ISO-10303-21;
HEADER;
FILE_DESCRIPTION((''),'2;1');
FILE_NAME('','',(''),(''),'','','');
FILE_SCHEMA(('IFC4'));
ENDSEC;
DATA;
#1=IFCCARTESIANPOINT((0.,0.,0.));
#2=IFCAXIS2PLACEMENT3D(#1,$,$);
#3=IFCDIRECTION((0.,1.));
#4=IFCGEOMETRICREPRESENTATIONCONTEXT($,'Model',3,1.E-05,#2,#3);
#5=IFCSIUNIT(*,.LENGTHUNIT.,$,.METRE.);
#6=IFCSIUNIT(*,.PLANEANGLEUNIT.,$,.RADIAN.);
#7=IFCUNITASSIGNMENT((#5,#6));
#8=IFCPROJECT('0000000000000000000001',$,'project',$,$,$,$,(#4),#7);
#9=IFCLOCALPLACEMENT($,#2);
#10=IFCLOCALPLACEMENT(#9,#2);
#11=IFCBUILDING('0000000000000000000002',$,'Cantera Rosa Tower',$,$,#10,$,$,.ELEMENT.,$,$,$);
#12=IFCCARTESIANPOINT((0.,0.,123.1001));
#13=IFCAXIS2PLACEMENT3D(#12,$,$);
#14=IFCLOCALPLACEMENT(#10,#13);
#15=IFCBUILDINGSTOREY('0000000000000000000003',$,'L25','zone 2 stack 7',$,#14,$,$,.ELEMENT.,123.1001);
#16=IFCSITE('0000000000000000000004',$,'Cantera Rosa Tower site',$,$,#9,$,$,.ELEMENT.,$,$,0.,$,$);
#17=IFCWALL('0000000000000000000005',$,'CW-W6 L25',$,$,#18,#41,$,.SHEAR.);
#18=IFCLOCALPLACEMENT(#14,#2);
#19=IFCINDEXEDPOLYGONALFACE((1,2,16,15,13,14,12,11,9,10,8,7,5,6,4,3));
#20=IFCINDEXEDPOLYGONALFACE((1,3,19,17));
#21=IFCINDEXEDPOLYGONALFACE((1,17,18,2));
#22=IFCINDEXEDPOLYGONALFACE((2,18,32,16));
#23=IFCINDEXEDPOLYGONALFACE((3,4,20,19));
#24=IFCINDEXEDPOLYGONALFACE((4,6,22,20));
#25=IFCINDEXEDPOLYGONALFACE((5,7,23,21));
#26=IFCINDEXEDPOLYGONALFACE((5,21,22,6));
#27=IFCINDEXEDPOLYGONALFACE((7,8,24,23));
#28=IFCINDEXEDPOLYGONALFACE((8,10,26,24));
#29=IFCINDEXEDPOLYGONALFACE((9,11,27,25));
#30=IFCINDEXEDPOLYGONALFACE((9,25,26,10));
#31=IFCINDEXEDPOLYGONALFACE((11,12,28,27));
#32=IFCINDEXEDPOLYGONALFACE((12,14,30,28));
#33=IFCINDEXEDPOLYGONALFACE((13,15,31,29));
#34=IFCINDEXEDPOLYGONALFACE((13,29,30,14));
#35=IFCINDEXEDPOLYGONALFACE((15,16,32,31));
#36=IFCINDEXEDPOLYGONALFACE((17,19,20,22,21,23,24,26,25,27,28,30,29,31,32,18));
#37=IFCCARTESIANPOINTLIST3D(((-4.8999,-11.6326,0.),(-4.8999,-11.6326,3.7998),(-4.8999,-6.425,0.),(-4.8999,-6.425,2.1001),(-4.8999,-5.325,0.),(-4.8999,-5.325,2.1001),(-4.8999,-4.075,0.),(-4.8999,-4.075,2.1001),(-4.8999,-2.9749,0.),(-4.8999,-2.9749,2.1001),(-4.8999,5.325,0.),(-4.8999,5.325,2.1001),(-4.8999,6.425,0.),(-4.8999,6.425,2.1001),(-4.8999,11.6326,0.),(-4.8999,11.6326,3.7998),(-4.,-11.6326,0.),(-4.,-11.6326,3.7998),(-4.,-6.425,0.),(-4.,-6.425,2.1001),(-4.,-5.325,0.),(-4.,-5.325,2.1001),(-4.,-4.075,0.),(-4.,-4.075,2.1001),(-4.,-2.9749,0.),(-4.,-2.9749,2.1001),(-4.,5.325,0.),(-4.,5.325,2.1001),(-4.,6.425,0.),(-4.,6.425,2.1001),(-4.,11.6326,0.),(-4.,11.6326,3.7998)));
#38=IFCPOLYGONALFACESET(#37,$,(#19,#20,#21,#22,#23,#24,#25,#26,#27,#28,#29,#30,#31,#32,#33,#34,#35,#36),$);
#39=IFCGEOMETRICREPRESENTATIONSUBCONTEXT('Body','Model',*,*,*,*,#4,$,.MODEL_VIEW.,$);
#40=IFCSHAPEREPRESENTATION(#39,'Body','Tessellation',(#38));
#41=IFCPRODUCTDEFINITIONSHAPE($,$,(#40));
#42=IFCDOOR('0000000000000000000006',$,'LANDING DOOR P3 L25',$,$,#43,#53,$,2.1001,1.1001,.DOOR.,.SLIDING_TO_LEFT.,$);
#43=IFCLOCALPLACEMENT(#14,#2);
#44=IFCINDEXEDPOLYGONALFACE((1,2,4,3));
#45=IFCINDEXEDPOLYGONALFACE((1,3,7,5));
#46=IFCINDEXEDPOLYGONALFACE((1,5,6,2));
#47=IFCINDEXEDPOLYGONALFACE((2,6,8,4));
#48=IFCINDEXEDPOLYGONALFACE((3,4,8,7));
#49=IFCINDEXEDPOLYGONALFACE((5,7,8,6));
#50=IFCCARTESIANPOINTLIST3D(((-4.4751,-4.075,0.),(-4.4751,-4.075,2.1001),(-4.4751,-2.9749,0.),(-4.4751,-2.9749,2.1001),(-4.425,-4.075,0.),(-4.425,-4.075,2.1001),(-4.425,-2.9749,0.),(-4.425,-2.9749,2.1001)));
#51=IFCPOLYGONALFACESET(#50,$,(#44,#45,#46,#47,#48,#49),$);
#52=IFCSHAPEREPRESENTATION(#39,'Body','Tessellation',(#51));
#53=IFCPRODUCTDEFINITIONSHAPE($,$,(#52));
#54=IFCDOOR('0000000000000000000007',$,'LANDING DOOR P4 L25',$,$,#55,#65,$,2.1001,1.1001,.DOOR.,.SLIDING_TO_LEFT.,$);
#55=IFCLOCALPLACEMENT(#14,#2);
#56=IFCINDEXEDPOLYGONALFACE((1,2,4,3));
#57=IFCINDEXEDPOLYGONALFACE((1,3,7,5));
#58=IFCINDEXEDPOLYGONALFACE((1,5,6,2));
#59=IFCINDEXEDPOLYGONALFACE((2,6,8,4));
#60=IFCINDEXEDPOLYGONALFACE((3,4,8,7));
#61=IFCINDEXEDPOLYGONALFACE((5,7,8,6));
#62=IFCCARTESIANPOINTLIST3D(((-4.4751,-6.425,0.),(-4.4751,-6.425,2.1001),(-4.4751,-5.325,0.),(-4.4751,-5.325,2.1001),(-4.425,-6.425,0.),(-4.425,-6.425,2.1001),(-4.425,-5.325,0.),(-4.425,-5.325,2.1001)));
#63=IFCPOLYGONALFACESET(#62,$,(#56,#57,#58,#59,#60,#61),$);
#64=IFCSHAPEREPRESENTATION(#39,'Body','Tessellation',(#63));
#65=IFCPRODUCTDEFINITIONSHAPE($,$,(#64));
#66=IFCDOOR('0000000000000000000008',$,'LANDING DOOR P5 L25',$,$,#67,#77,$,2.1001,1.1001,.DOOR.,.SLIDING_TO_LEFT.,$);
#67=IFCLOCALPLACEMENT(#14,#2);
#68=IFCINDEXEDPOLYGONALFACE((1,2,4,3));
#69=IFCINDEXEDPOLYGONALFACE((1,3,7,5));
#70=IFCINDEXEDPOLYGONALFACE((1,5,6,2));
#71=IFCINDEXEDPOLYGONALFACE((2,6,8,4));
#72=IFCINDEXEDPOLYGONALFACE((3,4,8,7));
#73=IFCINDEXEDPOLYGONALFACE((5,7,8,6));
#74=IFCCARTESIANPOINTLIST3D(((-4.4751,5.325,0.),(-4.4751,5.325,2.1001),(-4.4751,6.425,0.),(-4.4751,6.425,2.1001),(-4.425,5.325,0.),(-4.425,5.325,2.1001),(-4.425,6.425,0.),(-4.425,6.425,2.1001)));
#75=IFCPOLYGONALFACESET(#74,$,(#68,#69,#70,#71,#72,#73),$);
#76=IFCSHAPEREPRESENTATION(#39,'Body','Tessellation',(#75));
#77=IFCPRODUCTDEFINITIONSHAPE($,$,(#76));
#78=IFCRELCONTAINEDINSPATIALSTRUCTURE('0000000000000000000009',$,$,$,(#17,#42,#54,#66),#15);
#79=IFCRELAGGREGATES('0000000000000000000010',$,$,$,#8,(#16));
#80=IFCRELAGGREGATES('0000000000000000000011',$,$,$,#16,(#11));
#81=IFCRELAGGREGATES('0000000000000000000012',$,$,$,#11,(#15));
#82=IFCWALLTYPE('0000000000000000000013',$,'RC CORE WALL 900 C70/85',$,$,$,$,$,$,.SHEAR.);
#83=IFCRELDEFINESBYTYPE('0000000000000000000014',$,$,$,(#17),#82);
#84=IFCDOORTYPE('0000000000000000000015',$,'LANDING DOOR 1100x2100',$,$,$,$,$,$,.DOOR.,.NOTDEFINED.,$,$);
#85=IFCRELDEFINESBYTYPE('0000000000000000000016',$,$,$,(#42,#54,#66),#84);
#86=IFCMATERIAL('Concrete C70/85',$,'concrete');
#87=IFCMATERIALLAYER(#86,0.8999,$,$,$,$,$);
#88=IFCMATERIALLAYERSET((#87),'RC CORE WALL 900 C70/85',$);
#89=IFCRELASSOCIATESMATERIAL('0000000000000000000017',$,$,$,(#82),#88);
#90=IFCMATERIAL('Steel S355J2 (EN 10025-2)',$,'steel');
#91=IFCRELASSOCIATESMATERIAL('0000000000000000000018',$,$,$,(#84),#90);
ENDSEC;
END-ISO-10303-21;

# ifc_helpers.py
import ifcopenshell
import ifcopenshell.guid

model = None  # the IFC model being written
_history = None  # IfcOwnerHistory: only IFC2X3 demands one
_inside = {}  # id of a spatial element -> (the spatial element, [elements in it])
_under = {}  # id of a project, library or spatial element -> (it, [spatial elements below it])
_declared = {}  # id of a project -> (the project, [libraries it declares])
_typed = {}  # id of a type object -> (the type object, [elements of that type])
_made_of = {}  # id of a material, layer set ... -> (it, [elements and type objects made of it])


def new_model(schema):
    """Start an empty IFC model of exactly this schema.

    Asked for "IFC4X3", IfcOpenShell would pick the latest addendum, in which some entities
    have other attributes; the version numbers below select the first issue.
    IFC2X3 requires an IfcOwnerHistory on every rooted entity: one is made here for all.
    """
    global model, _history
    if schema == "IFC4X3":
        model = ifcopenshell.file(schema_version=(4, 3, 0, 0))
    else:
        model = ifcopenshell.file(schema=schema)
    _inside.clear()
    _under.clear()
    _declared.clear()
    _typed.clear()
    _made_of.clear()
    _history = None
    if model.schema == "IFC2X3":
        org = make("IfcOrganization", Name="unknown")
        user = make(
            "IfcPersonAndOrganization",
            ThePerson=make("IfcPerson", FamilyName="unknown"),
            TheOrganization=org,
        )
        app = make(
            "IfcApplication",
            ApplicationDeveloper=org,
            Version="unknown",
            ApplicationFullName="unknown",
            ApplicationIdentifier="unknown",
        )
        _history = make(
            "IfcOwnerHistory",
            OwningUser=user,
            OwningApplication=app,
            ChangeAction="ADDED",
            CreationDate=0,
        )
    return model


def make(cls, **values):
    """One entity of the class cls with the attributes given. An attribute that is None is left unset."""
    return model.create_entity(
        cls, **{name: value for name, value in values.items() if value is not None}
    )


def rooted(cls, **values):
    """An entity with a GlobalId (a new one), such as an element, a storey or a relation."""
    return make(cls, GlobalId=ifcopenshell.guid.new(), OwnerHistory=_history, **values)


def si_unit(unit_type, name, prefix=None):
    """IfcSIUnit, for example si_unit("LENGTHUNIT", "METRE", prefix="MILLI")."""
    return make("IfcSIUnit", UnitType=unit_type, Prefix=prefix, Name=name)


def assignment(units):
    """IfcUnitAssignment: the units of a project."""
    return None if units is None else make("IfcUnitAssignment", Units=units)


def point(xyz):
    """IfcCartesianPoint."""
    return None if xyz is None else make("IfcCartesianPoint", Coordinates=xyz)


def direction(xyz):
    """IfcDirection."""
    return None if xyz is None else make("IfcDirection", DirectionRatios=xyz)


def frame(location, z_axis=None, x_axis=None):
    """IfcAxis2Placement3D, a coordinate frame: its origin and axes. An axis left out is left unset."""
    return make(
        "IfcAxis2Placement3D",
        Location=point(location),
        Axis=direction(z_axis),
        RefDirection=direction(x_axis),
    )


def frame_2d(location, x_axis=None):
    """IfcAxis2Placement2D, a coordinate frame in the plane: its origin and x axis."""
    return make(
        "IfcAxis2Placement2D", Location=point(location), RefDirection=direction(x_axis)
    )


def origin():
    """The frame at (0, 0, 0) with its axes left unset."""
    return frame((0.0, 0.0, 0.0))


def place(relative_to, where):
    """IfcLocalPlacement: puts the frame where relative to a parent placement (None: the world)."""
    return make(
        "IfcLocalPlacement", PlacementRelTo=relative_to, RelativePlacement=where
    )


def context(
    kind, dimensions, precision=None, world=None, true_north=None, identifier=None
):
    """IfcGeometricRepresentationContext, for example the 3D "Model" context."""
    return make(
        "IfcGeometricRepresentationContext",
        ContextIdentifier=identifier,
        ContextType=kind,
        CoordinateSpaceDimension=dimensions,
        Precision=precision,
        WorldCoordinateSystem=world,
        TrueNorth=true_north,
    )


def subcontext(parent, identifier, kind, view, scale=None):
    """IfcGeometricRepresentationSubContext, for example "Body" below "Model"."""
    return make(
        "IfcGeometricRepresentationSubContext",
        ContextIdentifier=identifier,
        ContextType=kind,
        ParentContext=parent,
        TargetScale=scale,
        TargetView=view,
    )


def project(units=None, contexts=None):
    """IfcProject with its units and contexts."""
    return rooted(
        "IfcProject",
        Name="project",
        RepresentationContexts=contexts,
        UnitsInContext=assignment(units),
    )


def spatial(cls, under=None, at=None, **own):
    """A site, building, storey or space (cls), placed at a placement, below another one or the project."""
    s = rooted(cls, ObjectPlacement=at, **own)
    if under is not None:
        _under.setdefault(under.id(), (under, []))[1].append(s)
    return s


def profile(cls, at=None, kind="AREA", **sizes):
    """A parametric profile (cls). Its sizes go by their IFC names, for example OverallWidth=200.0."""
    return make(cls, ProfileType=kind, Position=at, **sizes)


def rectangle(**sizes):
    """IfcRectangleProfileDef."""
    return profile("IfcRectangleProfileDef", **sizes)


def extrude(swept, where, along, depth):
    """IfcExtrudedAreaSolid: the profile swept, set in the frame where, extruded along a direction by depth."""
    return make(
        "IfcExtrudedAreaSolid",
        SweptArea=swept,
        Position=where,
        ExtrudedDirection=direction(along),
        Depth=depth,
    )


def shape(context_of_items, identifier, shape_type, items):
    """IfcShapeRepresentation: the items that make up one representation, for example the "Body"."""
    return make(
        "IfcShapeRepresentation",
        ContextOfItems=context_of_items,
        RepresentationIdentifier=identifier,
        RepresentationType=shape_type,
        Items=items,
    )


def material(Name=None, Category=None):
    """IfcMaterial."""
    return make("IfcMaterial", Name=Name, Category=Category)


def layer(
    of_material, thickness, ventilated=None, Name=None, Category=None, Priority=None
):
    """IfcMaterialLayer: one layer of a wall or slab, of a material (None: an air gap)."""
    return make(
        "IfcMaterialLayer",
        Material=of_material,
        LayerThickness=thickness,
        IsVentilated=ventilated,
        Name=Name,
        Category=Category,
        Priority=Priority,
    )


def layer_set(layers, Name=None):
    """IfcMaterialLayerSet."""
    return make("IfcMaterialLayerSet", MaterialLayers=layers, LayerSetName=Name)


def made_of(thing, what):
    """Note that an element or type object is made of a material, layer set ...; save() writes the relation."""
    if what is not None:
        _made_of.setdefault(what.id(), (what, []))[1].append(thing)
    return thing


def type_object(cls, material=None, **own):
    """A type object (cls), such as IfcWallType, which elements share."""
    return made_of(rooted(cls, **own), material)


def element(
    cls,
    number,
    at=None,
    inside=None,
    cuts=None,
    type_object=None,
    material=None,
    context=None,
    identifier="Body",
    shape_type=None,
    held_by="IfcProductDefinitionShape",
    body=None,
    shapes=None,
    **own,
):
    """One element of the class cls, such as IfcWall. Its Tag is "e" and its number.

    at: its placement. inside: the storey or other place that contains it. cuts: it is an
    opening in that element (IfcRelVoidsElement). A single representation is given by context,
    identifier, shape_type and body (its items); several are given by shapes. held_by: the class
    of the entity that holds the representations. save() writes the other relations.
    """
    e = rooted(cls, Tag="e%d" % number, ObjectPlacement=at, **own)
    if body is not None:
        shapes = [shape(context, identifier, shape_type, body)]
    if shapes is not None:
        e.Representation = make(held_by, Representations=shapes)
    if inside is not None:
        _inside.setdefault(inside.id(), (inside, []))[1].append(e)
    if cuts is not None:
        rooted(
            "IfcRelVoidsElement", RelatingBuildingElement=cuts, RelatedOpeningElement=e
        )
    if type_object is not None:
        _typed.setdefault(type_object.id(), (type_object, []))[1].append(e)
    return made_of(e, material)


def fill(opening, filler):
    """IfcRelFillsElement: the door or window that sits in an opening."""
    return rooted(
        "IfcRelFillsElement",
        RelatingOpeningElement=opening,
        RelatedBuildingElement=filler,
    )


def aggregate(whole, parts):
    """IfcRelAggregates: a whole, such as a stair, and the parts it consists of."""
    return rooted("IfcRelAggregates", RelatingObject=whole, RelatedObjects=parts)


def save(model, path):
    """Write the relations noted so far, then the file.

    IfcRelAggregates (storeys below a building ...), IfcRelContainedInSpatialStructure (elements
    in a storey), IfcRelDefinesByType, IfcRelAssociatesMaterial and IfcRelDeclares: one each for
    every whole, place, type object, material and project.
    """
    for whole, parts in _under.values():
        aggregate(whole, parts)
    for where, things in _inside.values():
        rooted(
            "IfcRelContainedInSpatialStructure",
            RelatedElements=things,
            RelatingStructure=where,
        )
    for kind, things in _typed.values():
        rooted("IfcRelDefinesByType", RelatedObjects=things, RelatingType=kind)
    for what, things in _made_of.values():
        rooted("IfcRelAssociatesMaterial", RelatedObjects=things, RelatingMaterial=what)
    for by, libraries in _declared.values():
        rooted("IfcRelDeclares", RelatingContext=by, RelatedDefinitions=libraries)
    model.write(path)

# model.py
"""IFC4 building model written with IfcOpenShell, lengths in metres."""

from ifc_helpers import new_model, si_unit, direction, frame, frame_2d, origin, place, context, subcontext, project, spatial, rectangle, extrude, material, layer, layer_set, type_object, element, fill, save


model = new_model("IFC4")

# Units and contexts
model_context = context("Model", 3, precision=1e-05, world=origin(), true_north=direction((0.0, 1.0)))
body_context = subcontext(model_context, "Body", "Model", "MODEL_VIEW")
ifc_project = project(units=[si_unit("LENGTHUNIT", "METRE"), si_unit("PLANEANGLEUNIT", "RADIAN")], contexts=[model_context])

# Site, building, storey
site_placement = place(None, origin())
site = spatial("IfcSite", under=ifc_project, at=site_placement, Name="Cantera Rosa Tower site", CompositionType="ELEMENT", RefElevation=0.0)
building_placement = place(site_placement, origin())
building = spatial("IfcBuilding", under=site, at=building_placement, Name="Cantera Rosa Tower", CompositionType="ELEMENT")
storey_placement = place(building_placement, frame((0.0, 0.0, 123.1001)))
storey = spatial("IfcBuildingStorey", under=building, at=storey_placement, Name="L25", Description="zone 2 stack 7", CompositionType="ELEMENT", Elevation=123.1001)

# Shared definitions
ifc_material_1 = material(Name="Concrete C70/85", Category="concrete")
ifc_layer_1 = layer(ifc_material_1, 0.8999)
ifc_layer_set_1 = layer_set([ifc_layer_1], Name="RC CORE WALL 900 C70/85")
wall_type_1 = type_object("IfcWallType", Name="RC CORE WALL 900 C70/85", PredefinedType="SHEAR", material=ifc_layer_set_1)

# Wall, openings, doors
wall_1_placement = place(storey_placement, frame((-4.45, 11.6326, 0.0), z_axis=(0.0, 0.0, 1.0), x_axis=(0.0, -1.0, 0.0)))
wall_1 = element("IfcWall", 1, at=wall_1_placement, inside=storey, type_object=wall_type_1, Name="CW-W6 L25", PredefinedType="SHEAR", context=body_context, shape_type="SweptSolid", body=[
    extrude(rectangle(XDim=23.2651, YDim=0.8999, at=frame_2d((11.6326, 0.0))), origin(), (0.0, 0.0, 1.0), 3.7998),
])
opening_1_placement = place(wall_1_placement, frame((14.6074, 0.0, 0.0)))
opening_1 = element("IfcOpeningElement", 2, at=opening_1_placement, cuts=wall_1, PredefinedType="OPENING", context=body_context, shape_type="SweptSolid", body=[
    extrude(rectangle(XDim=1.1001, YDim=2.1001, at=frame_2d((0.55, 1.05))), frame((0.0, 0.46, 0.0), z_axis=(0.0, -1.0, 0.0), x_axis=(1.0, 0.0, 0.0)), (0.0, 0.0, 1.0), 0.9199),
])
opening_2_placement = place(wall_1_placement, frame((16.9575, 0.0, 0.0)))
opening_2 = element("IfcOpeningElement", 3, at=opening_2_placement, cuts=wall_1, PredefinedType="OPENING", context=body_context, shape_type="SweptSolid", body=[
    extrude(rectangle(XDim=1.1001, YDim=2.1001, at=frame_2d((0.55, 1.05))), frame((0.0, 0.46, 0.0), z_axis=(0.0, -1.0, 0.0), x_axis=(1.0, 0.0, 0.0)), (0.0, 0.0, 1.0), 0.9199),
])
opening_3_placement = place(wall_1_placement, frame((5.2075, 0.0, 0.0)))
opening_3 = element("IfcOpeningElement", 4, at=opening_3_placement, cuts=wall_1, PredefinedType="OPENING", context=body_context, shape_type="SweptSolid", body=[
    extrude(rectangle(XDim=1.1001, YDim=2.1001, at=frame_2d((0.55, 1.05))), frame((0.0, 0.46, 0.0), z_axis=(0.0, -1.0, 0.0), x_axis=(1.0, 0.0, 0.0)), (0.0, 0.0, 1.0), 0.9199),
])
ifc_material_2 = material(Name="Steel S355J2 (EN 10025-2)", Category="steel")
door_type_1 = type_object("IfcDoorType", Name="LANDING DOOR 1100x2100", OperationType="NOTDEFINED", PredefinedType="DOOR", material=ifc_material_2)
door_1_placement = place(opening_1_placement, origin())
door_1 = element("IfcDoor", 5, at=door_1_placement, inside=storey, type_object=door_type_1, Name="LANDING DOOR P3 L25", OperationType="SLIDING_TO_LEFT", OverallHeight=2.1001, OverallWidth=1.1001, PredefinedType="DOOR", context=body_context, shape_type="SweptSolid", body=[
    extrude(rectangle(XDim=1.1001, YDim=2.1001, at=frame_2d((0.55, 1.05))), frame((0.0, 0.0249, 0.0), z_axis=(0.0, -1.0, 0.0), x_axis=(1.0, 0.0, 0.0)), (0.0, 0.0, 1.0), 0.05),
])
fill(opening_1, door_1)
door_2_placement = place(opening_2_placement, origin())
door_2 = element("IfcDoor", 6, at=door_2_placement, inside=storey, type_object=door_type_1, Name="LANDING DOOR P4 L25", OperationType="SLIDING_TO_LEFT", OverallHeight=2.1001, OverallWidth=1.1001, PredefinedType="DOOR", context=body_context, shape_type="SweptSolid", body=[
    extrude(rectangle(XDim=1.1001, YDim=2.1001, at=frame_2d((0.55, 1.05))), frame((0.0, 0.0249, 0.0), z_axis=(0.0, -1.0, 0.0), x_axis=(1.0, 0.0, 0.0)), (0.0, 0.0, 1.0), 0.05),
])
fill(opening_2, door_2)
door_3_placement = place(opening_3_placement, origin())
door_3 = element("IfcDoor", 7, at=door_3_placement, inside=storey, type_object=door_type_1, Name="LANDING DOOR P5 L25", OperationType="SLIDING_TO_LEFT", OverallHeight=2.1001, OverallWidth=1.1001, PredefinedType="DOOR", context=body_context, shape_type="SweptSolid", body=[
    extrude(rectangle(XDim=1.1001, YDim=2.1001, at=frame_2d((0.55, 1.05))), frame((0.0, 0.0249, 0.0), z_axis=(0.0, -1.0, 0.0), x_axis=(1.0, 0.0, 0.0)), (0.0, 0.0, 1.0), 0.05),
])
fill(opening_3, door_3)

save(model, "model.ifc")
